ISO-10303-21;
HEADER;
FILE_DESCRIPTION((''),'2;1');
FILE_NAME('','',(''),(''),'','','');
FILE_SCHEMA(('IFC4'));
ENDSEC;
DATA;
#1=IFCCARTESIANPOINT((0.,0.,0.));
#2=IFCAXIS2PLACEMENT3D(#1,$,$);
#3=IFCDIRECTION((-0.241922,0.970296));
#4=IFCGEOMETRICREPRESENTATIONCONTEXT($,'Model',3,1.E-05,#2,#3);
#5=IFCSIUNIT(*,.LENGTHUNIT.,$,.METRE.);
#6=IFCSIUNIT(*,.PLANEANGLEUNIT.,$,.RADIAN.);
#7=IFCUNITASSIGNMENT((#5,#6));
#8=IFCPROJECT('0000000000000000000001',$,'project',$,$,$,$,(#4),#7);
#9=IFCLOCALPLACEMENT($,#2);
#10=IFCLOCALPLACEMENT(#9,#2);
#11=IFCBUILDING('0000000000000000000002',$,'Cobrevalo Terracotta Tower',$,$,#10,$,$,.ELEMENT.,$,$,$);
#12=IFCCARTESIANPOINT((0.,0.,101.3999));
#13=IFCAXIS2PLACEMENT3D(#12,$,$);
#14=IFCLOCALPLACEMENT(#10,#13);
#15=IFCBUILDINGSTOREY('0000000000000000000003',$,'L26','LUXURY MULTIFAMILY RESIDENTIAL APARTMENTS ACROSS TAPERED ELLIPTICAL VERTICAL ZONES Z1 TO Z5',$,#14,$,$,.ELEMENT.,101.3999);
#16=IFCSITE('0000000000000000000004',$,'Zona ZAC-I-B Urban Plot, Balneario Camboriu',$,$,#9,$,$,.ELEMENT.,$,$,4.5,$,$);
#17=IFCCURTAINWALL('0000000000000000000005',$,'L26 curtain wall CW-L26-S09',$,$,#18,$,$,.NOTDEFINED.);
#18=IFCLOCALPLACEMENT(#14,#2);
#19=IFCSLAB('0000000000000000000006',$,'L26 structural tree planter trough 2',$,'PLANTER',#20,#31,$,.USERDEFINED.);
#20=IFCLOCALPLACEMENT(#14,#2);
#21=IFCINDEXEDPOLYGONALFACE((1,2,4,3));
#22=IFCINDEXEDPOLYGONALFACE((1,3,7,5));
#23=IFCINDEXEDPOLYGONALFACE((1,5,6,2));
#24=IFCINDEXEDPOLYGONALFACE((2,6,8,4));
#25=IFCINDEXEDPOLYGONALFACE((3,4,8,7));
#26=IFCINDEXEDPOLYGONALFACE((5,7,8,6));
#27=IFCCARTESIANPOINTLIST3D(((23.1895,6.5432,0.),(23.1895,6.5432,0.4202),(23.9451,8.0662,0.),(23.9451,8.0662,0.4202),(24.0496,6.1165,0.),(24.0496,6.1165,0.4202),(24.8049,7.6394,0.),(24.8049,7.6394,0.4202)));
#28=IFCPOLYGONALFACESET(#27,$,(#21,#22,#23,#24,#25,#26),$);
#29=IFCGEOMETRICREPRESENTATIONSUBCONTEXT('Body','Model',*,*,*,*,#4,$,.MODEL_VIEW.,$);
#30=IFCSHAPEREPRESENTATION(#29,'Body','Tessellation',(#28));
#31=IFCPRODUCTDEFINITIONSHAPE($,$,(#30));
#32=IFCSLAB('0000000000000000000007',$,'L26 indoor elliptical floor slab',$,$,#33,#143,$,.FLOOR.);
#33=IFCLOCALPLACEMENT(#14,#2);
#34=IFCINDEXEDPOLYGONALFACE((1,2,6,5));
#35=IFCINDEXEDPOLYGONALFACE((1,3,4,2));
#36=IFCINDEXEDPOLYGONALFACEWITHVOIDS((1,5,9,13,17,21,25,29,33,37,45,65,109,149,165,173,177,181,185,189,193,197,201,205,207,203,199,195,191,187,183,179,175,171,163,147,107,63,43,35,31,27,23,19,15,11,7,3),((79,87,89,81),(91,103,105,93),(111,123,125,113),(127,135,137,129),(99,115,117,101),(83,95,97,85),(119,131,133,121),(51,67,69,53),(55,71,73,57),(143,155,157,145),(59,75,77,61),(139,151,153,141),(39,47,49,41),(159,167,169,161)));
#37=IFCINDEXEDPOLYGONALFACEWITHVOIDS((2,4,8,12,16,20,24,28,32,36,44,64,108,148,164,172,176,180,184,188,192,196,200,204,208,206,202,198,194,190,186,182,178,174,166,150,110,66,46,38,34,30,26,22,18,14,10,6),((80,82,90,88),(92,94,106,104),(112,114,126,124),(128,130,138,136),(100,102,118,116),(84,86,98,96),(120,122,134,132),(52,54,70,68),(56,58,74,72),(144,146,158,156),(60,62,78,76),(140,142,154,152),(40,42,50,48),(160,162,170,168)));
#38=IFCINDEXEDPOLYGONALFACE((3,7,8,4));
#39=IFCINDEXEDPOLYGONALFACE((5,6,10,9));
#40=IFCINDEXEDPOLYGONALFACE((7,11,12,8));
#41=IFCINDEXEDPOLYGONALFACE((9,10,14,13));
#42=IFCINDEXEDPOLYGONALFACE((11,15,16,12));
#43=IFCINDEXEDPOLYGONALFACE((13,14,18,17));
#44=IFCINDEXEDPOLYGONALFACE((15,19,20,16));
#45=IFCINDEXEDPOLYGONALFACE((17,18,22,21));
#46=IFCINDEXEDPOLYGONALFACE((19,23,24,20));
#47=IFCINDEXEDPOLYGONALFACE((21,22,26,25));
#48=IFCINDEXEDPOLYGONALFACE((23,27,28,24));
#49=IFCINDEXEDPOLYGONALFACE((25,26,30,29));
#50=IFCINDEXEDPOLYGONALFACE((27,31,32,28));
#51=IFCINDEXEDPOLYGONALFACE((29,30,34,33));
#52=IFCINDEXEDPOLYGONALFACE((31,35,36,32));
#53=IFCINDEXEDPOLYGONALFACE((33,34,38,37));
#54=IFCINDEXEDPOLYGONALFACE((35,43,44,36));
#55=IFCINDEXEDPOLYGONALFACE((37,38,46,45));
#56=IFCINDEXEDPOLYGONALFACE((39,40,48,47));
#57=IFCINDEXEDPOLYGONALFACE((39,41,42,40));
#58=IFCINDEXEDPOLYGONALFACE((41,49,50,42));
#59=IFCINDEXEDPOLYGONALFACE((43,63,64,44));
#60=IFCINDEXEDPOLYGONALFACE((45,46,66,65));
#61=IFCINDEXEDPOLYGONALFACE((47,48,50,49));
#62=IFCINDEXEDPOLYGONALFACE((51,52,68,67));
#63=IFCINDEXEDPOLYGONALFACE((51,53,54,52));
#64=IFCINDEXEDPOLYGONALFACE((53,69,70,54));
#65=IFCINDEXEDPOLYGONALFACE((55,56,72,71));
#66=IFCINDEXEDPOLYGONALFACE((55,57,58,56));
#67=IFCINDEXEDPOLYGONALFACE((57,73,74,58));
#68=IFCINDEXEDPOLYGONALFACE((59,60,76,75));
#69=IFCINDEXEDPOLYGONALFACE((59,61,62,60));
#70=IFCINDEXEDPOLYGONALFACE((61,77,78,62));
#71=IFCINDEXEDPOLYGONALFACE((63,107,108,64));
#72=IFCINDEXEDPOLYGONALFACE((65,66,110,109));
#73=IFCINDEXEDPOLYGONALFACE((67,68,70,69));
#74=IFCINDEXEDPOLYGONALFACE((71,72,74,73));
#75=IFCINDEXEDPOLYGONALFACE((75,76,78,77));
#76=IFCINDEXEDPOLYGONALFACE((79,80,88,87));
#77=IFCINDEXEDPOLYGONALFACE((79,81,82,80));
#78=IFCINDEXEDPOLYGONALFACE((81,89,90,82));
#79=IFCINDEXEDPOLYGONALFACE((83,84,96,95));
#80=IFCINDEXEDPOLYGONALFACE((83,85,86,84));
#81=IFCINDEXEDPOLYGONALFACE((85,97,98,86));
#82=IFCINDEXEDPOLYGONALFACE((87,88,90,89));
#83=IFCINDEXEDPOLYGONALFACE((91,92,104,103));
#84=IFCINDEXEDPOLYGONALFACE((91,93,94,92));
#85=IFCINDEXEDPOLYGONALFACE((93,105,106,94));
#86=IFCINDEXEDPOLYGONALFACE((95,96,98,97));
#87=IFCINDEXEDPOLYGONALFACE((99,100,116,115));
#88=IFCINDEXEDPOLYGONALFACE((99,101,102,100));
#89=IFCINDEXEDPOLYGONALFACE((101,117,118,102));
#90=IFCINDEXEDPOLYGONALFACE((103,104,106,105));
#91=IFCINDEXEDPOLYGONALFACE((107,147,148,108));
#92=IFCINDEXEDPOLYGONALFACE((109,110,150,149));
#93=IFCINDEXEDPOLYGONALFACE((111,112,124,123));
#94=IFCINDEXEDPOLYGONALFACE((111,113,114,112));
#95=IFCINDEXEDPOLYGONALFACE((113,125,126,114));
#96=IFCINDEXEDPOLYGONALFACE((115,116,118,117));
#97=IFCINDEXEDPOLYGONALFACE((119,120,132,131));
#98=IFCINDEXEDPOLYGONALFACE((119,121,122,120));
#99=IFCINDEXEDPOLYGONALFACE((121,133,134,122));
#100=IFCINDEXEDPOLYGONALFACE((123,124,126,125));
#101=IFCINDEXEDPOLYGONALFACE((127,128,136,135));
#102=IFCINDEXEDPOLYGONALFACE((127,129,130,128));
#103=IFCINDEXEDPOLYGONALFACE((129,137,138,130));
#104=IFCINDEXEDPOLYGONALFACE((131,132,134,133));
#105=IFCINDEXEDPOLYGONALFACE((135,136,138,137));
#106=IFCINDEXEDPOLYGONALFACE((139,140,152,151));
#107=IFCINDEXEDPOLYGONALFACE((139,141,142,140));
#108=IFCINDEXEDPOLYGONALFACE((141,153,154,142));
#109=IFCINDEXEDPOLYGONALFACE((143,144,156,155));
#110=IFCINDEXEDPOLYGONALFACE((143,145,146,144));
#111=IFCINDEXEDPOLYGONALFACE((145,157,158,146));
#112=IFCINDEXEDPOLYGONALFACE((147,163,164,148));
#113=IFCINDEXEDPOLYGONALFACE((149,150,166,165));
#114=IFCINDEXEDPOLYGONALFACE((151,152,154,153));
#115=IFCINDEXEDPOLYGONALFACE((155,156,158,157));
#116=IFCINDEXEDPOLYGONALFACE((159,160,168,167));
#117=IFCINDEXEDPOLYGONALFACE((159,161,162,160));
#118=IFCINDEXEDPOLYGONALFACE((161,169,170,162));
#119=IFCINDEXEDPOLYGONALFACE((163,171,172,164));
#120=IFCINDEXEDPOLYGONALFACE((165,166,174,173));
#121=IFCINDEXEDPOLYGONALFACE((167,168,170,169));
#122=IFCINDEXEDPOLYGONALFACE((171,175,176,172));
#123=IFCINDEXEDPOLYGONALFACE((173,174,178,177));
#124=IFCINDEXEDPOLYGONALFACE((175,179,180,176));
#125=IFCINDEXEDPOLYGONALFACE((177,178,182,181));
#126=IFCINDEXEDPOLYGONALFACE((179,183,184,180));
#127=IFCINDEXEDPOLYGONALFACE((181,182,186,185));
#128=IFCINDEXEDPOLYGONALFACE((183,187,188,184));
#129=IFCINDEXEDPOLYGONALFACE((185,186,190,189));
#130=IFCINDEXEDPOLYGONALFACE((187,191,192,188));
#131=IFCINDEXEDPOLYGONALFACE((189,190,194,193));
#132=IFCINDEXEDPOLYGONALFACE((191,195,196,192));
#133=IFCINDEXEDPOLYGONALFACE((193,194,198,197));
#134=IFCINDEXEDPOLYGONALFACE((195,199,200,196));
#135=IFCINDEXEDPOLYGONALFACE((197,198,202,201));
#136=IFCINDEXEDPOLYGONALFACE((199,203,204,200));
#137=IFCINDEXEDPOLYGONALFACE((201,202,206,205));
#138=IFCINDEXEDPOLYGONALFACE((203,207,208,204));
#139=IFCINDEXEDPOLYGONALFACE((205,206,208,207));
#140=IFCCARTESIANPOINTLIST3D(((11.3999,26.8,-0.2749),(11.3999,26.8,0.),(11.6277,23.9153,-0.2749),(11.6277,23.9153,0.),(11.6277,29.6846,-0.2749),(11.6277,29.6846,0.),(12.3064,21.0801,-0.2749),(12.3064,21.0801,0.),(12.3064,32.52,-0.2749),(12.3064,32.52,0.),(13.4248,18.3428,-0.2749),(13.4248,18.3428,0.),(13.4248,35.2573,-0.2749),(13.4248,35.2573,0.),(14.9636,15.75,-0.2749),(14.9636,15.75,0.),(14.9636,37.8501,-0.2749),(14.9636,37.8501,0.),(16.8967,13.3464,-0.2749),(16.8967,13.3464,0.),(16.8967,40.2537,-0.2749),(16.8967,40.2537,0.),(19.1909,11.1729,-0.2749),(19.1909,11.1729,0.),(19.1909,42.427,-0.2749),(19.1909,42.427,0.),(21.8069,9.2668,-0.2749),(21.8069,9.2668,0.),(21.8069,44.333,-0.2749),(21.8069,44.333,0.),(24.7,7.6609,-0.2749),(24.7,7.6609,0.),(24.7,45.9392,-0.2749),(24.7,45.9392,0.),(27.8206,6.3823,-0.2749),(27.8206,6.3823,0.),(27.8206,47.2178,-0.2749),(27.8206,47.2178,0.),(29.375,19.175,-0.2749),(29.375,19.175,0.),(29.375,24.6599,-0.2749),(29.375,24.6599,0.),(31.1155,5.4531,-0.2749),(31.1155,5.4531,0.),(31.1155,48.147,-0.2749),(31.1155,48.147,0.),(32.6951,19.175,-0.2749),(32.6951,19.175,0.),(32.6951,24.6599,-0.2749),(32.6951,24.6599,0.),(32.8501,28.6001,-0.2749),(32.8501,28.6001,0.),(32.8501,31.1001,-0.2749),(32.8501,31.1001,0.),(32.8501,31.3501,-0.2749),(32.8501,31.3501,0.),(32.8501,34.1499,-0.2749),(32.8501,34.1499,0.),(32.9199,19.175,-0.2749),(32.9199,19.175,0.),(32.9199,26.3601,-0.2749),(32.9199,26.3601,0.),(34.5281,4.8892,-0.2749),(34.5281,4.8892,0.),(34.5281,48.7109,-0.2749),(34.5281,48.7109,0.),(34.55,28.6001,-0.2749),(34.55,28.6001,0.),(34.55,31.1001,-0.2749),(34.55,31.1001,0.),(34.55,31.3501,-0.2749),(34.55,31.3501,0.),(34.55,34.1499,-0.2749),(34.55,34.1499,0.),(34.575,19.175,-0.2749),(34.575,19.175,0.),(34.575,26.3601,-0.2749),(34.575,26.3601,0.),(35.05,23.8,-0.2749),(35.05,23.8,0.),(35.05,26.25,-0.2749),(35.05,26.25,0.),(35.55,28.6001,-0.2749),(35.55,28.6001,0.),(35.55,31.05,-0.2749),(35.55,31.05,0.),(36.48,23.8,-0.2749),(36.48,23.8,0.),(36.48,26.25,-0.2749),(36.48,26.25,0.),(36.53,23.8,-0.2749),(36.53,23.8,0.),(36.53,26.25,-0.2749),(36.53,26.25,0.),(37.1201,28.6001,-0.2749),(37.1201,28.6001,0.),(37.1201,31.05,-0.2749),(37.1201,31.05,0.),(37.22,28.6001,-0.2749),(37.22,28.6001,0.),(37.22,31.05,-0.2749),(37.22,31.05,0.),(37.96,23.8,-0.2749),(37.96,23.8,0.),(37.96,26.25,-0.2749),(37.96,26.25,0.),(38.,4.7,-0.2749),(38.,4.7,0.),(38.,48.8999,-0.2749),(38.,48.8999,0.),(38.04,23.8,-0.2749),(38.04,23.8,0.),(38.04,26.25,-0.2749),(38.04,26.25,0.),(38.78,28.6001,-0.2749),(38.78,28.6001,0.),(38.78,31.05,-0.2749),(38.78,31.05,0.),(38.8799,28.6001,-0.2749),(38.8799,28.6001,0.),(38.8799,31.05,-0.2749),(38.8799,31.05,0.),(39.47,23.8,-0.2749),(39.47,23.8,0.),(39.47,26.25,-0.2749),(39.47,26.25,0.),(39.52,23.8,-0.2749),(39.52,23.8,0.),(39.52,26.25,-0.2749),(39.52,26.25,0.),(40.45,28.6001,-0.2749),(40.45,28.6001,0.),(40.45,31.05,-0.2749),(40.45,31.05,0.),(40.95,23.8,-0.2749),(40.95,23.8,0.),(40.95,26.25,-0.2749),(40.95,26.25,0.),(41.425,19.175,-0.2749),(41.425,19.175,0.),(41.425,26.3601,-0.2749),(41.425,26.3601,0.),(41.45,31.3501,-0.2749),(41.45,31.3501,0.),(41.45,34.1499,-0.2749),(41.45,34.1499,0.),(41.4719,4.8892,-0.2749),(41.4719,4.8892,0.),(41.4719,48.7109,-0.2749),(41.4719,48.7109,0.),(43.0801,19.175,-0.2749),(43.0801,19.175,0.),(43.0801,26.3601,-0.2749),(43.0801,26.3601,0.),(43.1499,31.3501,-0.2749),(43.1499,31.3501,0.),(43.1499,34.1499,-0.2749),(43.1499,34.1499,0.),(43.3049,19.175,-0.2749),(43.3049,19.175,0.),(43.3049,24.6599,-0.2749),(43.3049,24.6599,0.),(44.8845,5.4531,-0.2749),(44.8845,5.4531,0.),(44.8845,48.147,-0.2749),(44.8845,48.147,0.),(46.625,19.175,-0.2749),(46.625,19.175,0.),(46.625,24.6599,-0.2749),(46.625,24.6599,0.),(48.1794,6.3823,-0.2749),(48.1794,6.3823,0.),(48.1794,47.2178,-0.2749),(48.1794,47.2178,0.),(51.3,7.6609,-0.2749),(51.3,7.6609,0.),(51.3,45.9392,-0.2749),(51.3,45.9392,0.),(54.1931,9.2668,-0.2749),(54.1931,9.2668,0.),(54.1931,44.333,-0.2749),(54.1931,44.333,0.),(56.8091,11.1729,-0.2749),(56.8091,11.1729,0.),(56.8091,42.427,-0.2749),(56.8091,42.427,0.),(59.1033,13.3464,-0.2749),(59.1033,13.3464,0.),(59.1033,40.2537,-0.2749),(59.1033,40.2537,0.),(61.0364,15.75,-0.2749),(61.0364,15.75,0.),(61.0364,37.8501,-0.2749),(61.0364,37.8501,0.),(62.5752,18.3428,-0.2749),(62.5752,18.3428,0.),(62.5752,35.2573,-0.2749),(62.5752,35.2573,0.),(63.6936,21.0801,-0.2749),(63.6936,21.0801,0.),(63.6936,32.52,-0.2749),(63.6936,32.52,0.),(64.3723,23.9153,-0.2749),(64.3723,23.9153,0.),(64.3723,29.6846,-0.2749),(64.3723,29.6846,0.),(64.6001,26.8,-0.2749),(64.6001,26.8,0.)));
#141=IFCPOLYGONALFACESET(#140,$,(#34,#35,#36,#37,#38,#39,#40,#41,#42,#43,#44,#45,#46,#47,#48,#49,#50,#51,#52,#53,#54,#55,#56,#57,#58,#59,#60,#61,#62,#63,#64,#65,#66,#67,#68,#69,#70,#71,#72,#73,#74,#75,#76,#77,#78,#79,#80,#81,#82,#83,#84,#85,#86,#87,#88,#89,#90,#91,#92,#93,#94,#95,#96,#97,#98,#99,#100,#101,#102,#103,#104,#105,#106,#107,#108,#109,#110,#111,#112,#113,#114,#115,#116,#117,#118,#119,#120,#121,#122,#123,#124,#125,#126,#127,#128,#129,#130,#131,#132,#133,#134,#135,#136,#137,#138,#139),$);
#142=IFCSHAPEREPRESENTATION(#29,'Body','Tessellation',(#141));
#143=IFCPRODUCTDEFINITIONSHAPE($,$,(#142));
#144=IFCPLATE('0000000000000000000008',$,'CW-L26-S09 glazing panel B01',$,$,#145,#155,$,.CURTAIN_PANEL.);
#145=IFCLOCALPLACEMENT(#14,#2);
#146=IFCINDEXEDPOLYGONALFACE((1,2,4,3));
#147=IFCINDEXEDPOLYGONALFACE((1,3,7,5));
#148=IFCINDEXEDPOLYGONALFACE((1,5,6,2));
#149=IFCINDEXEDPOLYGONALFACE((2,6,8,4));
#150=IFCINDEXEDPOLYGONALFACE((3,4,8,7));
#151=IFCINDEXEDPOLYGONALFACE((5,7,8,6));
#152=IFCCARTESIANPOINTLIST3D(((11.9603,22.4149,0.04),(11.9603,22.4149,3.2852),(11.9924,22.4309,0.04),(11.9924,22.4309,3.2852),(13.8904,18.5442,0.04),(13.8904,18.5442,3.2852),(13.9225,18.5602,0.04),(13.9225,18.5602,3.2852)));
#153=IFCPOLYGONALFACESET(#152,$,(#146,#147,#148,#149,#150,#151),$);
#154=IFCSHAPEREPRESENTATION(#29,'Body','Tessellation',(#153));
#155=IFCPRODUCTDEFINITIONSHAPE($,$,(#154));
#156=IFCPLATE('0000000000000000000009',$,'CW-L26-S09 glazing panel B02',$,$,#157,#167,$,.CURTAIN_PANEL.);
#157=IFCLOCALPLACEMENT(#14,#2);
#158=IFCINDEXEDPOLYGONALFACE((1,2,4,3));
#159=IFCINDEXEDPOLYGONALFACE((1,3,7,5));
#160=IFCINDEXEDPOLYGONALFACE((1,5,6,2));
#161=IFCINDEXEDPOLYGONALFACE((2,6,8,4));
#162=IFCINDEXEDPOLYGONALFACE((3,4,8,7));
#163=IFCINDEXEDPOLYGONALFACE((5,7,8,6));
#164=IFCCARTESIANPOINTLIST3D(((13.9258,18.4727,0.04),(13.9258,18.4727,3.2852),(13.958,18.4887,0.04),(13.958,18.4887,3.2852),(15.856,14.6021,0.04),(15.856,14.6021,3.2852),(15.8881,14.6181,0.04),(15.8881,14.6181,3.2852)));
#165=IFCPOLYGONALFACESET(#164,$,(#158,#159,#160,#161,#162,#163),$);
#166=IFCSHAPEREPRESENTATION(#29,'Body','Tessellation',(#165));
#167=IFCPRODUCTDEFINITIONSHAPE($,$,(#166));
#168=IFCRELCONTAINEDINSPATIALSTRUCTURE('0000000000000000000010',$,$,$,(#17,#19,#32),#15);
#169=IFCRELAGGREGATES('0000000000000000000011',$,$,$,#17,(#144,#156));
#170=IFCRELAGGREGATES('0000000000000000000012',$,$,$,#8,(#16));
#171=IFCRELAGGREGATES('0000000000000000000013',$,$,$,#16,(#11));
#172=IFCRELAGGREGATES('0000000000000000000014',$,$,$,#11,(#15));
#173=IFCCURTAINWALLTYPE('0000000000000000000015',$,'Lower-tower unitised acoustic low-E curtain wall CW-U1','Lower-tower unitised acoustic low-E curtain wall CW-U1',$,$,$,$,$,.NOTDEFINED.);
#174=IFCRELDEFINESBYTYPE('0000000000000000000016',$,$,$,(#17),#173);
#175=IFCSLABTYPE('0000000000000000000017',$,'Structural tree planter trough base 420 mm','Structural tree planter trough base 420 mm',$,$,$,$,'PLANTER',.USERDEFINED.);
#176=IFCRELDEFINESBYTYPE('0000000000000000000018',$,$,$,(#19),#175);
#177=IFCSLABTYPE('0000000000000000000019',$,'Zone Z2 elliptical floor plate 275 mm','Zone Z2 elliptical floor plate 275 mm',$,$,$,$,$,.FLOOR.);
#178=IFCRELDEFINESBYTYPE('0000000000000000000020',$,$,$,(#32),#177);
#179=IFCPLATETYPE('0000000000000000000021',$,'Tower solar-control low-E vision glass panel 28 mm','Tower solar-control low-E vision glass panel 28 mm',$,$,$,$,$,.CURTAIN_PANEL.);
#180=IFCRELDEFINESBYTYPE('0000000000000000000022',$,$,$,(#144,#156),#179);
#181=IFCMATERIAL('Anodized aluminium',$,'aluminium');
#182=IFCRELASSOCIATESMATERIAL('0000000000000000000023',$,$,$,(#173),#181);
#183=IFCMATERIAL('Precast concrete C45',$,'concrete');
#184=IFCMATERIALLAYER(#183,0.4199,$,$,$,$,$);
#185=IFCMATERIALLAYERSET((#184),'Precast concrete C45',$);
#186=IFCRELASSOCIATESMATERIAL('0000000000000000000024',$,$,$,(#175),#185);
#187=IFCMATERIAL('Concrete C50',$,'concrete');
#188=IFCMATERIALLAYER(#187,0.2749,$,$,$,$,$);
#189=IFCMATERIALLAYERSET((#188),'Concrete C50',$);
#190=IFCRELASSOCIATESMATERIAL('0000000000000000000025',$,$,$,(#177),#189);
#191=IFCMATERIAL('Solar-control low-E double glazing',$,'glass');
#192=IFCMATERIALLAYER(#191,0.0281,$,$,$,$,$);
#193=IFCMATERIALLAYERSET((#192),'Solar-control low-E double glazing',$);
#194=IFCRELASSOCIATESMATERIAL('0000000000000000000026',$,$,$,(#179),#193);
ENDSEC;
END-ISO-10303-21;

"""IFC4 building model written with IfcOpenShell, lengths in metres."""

from ifc_helpers import new_model, si_unit, direction, frame, origin, origin_2d, place, context, subcontext, project, spatial, polyline, rectangle, outline, extrude, source, transform, mapped, material, layer, layer_set, type_object, element, aggregate, save


model = new_model("IFC4")

# Units and contexts
model_context = context("Model", 3, precision=1e-05, world=origin(), true_north=direction((-0.241922, 0.970296)))
body_context = subcontext(model_context, "Body", "Model", "MODEL_VIEW")
ifc_project = project(units=[si_unit("LENGTHUNIT", "METRE"), si_unit("PLANEANGLEUNIT", "RADIAN")], contexts=[model_context])

# Site, building, storey
site_placement = place(None, origin())
site = spatial("IfcSite", under=ifc_project, at=site_placement, Name="Zona ZAC-I-B Urban Plot, Balneario Camboriu", CompositionType="ELEMENT", RefElevation=4.5)
building_placement = place(site_placement, origin())
building = spatial("IfcBuilding", under=site, at=building_placement, Name="Cobrevalo Terracotta Tower", CompositionType="ELEMENT")
storey_placement = place(building_placement, frame((0.0, 0.0, 101.3999)))
storey = spatial("IfcBuildingStorey", under=building, at=storey_placement, Name="L26", Description="LUXURY MULTIFAMILY RESIDENTIAL APARTMENTS ACROSS TAPERED ELLIPTICAL VERTICAL ZONES Z1 TO Z5", CompositionType="ELEMENT", Elevation=101.3999)

# Curtain wall
ifc_material_1 = material(Name="Anodized aluminium", Category="aluminium")
curtain_wall_type = type_object("IfcCurtainWallType", Name="Lower-tower unitised acoustic low-E curtain wall CW-U1", Description="Lower-tower unitised acoustic low-E curtain wall CW-U1", PredefinedType="NOTDEFINED", material=ifc_material_1)
curtain_wall_1_placement = place(storey_placement, origin())
curtain_wall_1 = element("IfcCurtainWall", 1, at=curtain_wall_1_placement, inside=storey, type_object=curtain_wall_type, Name="L26 curtain wall CW-L26-S09", PredefinedType="NOTDEFINED")

# Shared definitions
ifc_material_2 = material(Name="Concrete C50", Category="concrete")

# Slabs
ifc_material_3 = material(Name="Precast concrete C45", Category="concrete")
ifc_layer_1 = layer(ifc_material_3, 0.4199)
ifc_layer_set_1 = layer_set([ifc_layer_1], Name="Precast concrete C45")
slab_type_1 = type_object("IfcSlabType", Name="Structural tree planter trough base 420 mm", Description="Structural tree planter trough base 420 mm", ElementType="PLANTER", PredefinedType="USERDEFINED", material=ifc_layer_set_1)
slab_1_placement = place(storey_placement, origin())
element("IfcSlab", 2, at=slab_1_placement, inside=storey, type_object=slab_type_1, Name="L26 structural tree planter trough 2", ObjectType="PLANTER", PredefinedType="USERDEFINED", context=body_context, shape_type="SweptSolid", body=[
    extrude(outline(polyline([(23.9451, 8.0662), (23.1895, 6.5432), (24.0496, 6.1165), (24.8049, 7.6394), (23.9451, 8.0662)])), origin(), (0.0, 0.0, 1.0), 0.4202),
])
ifc_layer_2 = layer(ifc_material_2, 0.2749)
ifc_layer_set_2 = layer_set([ifc_layer_2], Name="Concrete C50")
slab_type_2 = type_object("IfcSlabType", Name="Zone Z2 elliptical floor plate 275 mm", Description="Zone Z2 elliptical floor plate 275 mm", PredefinedType="FLOOR", material=ifc_layer_set_2)
slab_2_placement = place(storey_placement, frame((0.0, 0.0, -0.2749)))
element("IfcSlab", 3, at=slab_2_placement, inside=storey, type_object=slab_type_2, Name="L26 indoor elliptical floor slab", PredefinedType="FLOOR", context=body_context, shape_type="SweptSolid", body=[
    extrude(outline(polyline([(64.3723, 23.9153), (63.6936, 21.0801), (62.5752, 18.3428), (61.0364, 15.75), (59.1033, 13.3464), (56.8091, 11.1729), (54.1931, 9.2668), (51.3, 7.6609), (48.1794, 6.3823), (44.8845, 5.4531), (41.4719, 4.8892), (38.0, 4.7), (34.5281, 4.8892), (31.1155, 5.4531), (27.8206, 6.3823), (24.7, 7.6609), (21.8069, 9.2668), (19.1909, 11.1729), (16.8967, 13.3464), (14.9636, 15.75), (13.4248, 18.3428), (12.3064, 21.0801), (11.6277, 23.9153), (11.3999, 26.8), (11.6277, 29.6846), (12.3064, 32.52), (13.4248, 35.2573), (14.9636, 37.8501), (16.8967, 40.2537), (19.1909, 42.427), (21.8069, 44.333), (24.7, 45.9392), (27.8206, 47.2178), (31.1155, 48.147), (34.5281, 48.7109), (38.0, 48.8999), (41.4719, 48.7109), (44.8845, 48.147), (48.1794, 47.2178), (51.3, 45.9392), (54.1931, 44.333), (56.8091, 42.427), (59.1033, 40.2537), (61.0364, 37.8501), (62.5752, 35.2573), (63.6936, 32.52), (64.3723, 29.6846), (64.6001, 26.8), (64.3723, 23.9153)]), holes=[polyline([(32.6951, 19.175), (32.6951, 24.6599), (29.375, 24.6599), (29.375, 19.175), (32.6951, 19.175)]), polyline([(34.575, 19.175), (34.575, 26.3601), (32.9199, 26.3601), (32.9199, 19.175), (34.575, 19.175)]), polyline([(36.48, 23.8), (36.48, 26.25), (35.05, 26.25), (35.05, 23.8), (36.48, 23.8)]), polyline([(37.96, 23.8), (37.96, 26.25), (36.53, 26.25), (36.53, 23.8), (37.96, 23.8)]), polyline([(37.1201, 28.6001), (37.1201, 31.05), (35.55, 31.05), (35.55, 28.6001), (37.1201, 28.6001)]), polyline([(34.55, 28.6001), (34.55, 31.1001), (32.8501, 31.1001), (32.8501, 28.6001), (34.55, 28.6001)]), polyline([(34.55, 31.3501), (34.55, 34.1499), (32.8501, 34.1499), (32.8501, 31.3501), (34.55, 31.3501)]), polyline([(46.625, 19.175), (46.625, 24.6599), (43.3049, 24.6599), (43.3049, 19.175), (46.625, 19.175)]), polyline([(43.0801, 19.175), (43.0801, 26.3601), (41.425, 26.3601), (41.425, 19.175), (43.0801, 19.175)]), polyline([(39.47, 23.8), (39.47, 26.25), (38.04, 26.25), (38.04, 23.8), (39.47, 23.8)]), polyline([(40.95, 23.8), (40.95, 26.25), (39.52, 26.25), (39.52, 23.8), (40.95, 23.8)]), polyline([(38.78, 28.6001), (38.78, 31.05), (37.22, 31.05), (37.22, 28.6001), (38.78, 28.6001)]), polyline([(40.45, 28.6001), (40.45, 31.05), (38.8799, 31.05), (38.8799, 28.6001), (40.45, 28.6001)]), polyline([(43.1499, 31.3501), (43.1499, 34.1499), (41.45, 34.1499), (41.45, 31.3501), (43.1499, 31.3501)])]), origin(), (0.0, 0.0, 1.0), 0.2749),
])

# Plates
ifc_material_4 = material(Name="Solar-control low-E double glazing", Category="glass")
ifc_layer_3 = layer(ifc_material_4, 0.0281)
ifc_layer_set_3 = layer_set([ifc_layer_3], Name="Solar-control low-E double glazing")
plate_type = type_object("IfcPlateType", Name="Tower solar-control low-E vision glass panel 28 mm", Description="Tower solar-control low-E vision glass panel 28 mm", PredefinedType="CURTAIN_PANEL", material=ifc_layer_set_3)
shared_shape_1 = source(origin(), body_context, "Body", "SweptSolid", [
    extrude(rectangle(XDim=4.3252, YDim=0.0359, at=origin_2d()), origin(), (0.0, 0.0, 1.0), 3.2451),
])
plate_1_placement = place(storey_placement, frame((12.9414, 20.4875, 0.04), z_axis=(0.0, 0.0, 1.0), x_axis=(0.446262, -0.894902, 0.0)))
plate_1 = element("IfcPlate", 4, at=plate_1_placement, type_object=plate_type, Name="CW-L26-S09 glazing panel B01", PredefinedType="CURTAIN_PANEL", context=body_context, shape_type="MappedRepresentation", body=[
    mapped(shared_shape_1, transform((0.0, 0.0, 0.0), scale=1.0)),
])
plate_2_placement = place(storey_placement, frame((14.907, 16.5454, 0.04), z_axis=(0.0, 0.0, 1.0), x_axis=(0.446262, -0.894902, 0.0)))
plate_2 = element("IfcPlate", 5, at=plate_2_placement, type_object=plate_type, Name="CW-L26-S09 glazing panel B02", PredefinedType="CURTAIN_PANEL", context=body_context, shape_type="MappedRepresentation", body=[
    mapped(shared_shape_1, transform((0.0, 0.0, 0.0), scale=1.0)),
])
aggregate(curtain_wall_1, [plate_1, plate_2])

save(model, "model.ifc")
